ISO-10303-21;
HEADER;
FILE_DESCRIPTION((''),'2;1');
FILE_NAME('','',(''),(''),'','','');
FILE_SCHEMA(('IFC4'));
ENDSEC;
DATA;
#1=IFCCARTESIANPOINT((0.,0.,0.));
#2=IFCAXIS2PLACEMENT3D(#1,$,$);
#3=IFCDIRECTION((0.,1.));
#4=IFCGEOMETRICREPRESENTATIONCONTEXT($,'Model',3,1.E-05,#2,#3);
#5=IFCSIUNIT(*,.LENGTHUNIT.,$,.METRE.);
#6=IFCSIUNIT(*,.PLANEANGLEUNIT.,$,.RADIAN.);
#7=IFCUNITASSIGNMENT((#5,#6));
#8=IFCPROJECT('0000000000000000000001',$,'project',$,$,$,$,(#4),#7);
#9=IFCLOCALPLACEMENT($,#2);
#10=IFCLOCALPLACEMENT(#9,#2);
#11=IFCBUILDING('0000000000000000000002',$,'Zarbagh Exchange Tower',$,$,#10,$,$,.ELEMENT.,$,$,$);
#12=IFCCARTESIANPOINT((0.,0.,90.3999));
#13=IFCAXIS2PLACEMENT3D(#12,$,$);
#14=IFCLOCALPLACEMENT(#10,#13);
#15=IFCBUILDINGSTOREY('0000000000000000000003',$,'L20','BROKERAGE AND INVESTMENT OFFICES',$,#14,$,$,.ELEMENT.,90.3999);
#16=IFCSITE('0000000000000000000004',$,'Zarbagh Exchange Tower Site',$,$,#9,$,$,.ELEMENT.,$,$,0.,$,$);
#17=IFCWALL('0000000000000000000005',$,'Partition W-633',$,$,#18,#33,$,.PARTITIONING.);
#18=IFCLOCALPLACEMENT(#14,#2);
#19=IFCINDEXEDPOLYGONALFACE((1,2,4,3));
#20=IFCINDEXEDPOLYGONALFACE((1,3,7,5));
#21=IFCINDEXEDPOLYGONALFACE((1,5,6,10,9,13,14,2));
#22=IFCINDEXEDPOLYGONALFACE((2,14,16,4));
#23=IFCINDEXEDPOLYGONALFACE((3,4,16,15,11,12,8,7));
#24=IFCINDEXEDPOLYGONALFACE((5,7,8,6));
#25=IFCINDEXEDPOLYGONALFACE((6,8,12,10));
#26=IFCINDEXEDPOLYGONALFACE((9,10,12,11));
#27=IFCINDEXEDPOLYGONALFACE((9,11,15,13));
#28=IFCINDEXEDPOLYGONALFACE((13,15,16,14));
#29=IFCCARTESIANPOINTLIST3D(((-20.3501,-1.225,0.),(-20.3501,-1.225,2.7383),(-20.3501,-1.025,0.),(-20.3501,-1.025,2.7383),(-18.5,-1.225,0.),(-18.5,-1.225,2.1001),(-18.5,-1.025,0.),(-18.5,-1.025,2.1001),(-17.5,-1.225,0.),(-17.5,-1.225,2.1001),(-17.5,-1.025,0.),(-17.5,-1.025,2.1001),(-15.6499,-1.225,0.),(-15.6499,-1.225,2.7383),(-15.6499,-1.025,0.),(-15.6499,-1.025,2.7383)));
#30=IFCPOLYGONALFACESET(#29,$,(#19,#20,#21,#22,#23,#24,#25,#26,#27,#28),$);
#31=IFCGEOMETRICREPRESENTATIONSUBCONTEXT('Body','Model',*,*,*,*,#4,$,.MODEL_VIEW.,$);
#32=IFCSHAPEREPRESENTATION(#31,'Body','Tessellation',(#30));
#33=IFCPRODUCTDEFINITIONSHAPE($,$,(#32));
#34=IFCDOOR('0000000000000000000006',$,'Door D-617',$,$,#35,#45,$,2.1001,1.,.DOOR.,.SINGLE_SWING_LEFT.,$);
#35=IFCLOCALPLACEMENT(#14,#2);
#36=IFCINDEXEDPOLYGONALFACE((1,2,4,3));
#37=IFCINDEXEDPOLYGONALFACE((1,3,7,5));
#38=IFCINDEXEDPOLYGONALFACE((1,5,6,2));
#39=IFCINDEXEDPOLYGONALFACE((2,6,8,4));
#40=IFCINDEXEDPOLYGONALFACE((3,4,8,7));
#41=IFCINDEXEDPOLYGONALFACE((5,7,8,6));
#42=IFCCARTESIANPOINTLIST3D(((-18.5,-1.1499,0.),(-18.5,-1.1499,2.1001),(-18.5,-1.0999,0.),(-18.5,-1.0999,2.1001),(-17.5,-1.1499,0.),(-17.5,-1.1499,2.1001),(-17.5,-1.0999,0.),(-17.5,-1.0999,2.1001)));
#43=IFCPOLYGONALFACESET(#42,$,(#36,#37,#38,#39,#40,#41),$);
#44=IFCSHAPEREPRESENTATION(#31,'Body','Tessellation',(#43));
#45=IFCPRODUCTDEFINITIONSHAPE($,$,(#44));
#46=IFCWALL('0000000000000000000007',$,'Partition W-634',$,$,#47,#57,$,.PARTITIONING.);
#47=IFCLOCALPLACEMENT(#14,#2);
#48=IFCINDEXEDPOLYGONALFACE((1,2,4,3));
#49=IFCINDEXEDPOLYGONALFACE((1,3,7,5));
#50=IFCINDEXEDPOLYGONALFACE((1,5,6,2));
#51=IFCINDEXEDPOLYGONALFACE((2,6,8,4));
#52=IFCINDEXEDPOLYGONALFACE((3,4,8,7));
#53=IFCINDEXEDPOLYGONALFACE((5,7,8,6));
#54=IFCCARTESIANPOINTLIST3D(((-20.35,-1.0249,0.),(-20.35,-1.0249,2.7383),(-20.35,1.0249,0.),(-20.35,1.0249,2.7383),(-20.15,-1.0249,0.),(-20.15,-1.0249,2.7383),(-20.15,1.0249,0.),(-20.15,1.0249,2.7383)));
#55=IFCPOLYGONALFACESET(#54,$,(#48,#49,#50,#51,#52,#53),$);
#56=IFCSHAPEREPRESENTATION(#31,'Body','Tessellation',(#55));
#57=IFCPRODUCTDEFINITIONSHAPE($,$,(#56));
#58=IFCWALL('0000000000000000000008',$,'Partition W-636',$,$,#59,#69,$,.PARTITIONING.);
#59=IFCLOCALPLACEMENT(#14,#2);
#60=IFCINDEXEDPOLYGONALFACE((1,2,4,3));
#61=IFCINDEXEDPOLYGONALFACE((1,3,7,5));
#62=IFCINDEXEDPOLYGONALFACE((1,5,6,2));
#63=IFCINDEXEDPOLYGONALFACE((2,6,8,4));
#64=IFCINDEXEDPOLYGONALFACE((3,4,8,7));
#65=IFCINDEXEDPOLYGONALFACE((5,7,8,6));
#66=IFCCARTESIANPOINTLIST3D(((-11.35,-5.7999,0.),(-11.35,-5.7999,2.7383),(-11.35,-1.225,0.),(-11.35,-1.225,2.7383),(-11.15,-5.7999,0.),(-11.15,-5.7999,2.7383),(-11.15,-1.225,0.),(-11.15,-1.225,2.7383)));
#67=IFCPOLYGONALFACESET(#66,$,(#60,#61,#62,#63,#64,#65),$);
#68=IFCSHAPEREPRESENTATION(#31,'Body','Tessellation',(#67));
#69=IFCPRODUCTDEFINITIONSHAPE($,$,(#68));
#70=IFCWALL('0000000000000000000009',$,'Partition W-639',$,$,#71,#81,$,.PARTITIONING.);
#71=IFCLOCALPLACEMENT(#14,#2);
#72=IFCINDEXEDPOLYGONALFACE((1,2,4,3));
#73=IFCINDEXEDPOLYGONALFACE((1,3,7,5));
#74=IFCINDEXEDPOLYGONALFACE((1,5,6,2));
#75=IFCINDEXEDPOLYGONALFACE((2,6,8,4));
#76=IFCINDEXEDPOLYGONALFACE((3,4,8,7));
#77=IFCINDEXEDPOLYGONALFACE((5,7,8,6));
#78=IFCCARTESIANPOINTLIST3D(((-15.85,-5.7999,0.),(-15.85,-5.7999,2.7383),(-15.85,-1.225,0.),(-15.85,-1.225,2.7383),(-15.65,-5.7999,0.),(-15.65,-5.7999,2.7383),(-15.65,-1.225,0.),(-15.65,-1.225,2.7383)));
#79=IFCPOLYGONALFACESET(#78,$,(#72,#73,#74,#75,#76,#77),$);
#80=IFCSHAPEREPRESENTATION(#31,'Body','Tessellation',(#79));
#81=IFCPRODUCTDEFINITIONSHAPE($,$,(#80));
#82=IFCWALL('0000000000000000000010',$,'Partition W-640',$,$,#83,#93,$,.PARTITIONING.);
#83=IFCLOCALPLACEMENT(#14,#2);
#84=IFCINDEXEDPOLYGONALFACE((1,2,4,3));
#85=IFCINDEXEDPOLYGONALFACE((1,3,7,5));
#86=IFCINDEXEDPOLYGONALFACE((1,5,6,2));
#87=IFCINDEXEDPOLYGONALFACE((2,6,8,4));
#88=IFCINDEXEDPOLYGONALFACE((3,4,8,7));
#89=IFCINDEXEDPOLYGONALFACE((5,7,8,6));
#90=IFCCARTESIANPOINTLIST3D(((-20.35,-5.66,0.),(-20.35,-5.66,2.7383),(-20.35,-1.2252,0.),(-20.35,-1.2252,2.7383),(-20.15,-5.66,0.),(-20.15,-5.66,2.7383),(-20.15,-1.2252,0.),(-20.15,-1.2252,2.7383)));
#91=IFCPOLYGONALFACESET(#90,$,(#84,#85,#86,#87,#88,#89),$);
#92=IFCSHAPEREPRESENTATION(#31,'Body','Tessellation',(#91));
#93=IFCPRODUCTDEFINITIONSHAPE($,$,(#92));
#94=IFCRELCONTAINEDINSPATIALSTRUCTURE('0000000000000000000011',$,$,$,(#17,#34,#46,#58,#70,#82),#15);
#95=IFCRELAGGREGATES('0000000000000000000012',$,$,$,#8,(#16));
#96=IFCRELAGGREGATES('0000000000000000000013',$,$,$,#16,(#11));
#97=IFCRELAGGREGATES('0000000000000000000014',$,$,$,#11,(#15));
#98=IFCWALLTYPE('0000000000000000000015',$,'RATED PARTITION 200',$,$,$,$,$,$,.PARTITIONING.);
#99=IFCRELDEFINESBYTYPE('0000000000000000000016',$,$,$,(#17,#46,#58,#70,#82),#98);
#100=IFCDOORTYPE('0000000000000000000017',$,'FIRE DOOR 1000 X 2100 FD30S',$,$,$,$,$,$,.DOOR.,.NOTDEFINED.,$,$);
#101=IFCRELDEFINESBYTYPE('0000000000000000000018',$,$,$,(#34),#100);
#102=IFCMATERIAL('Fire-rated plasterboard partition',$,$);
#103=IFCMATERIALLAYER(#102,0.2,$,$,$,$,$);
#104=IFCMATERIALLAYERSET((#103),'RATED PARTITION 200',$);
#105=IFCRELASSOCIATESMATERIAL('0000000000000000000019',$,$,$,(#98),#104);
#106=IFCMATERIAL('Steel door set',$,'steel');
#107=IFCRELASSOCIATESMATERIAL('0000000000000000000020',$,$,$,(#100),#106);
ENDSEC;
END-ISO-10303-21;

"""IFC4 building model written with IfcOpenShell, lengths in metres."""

from ifc_helpers import new_model, si_unit, direction, frame, frame_2d, origin, place, context, subcontext, project, spatial, rectangle, extrude, material, layer, layer_set, type_object, element, fill, save


model = new_model("IFC4")

# Units and contexts
model_context = context("Model", 3, precision=1e-05, world=origin(), true_north=direction((0.0, 1.0)))
body_context = subcontext(model_context, "Body", "Model", "MODEL_VIEW")
ifc_project = project(units=[si_unit("LENGTHUNIT", "METRE"), si_unit("PLANEANGLEUNIT", "RADIAN")], contexts=[model_context])

# Site, building, storey
site_placement = place(None, origin())
site = spatial("IfcSite", under=ifc_project, at=site_placement, Name="Zarbagh Exchange Tower Site", CompositionType="ELEMENT", RefElevation=0.0)
building_placement = place(site_placement, origin())
building = spatial("IfcBuilding", under=site, at=building_placement, Name="Zarbagh Exchange Tower", CompositionType="ELEMENT")
storey_placement = place(building_placement, frame((0.0, 0.0, 90.3999)))
storey = spatial("IfcBuildingStorey", under=building, at=storey_placement, Name="L20", Description="BROKERAGE AND INVESTMENT OFFICES", CompositionType="ELEMENT", Elevation=90.3999)

# Shared definitions
ifc_material_1 = material(Name="Fire-rated plasterboard partition")
ifc_layer_1 = layer(ifc_material_1, 0.2)
ifc_layer_set_1 = layer_set([ifc_layer_1], Name="RATED PARTITION 200")
wall_type_1 = type_object("IfcWallType", Name="RATED PARTITION 200", PredefinedType="PARTITIONING", material=ifc_layer_set_1)

# Wall, opening, door
ifc_material_2 = material(Name="Steel door set", Category="steel")
door_type_1 = type_object("IfcDoorType", Name="FIRE DOOR 1000 X 2100 FD30S", OperationType="NOTDEFINED", PredefinedType="DOOR", material=ifc_material_2)
wall_1_placement = place(storey_placement, frame((-15.6499, -1.125, 0.0), z_axis=(0.0, 0.0, 1.0), x_axis=(-1.0, 0.0, 0.0)))
wall_1 = element("IfcWall", 1, at=wall_1_placement, inside=storey, type_object=wall_type_1, Name="Partition W-633", PredefinedType="PARTITIONING", context=body_context, shape_type="SweptSolid", body=[
    extrude(rectangle(XDim=4.7002, YDim=0.2, at=frame_2d((2.3501, 0.0))), origin(), (0.0, 0.0, 1.0), 2.7383),
])
opening_1_placement = place(wall_1_placement, frame((1.8501, 0.0, 0.0)))
opening_1 = element("IfcOpeningElement", 2, at=opening_1_placement, cuts=wall_1, PredefinedType="OPENING", context=body_context, shape_type="SweptSolid", body=[
    extrude(rectangle(XDim=1.0, YDim=2.1001, at=frame_2d((0.5, 1.05))), frame((0.0, 0.1099, 0.0), z_axis=(0.0, -1.0, 0.0), x_axis=(1.0, 0.0, 0.0)), (0.0, 0.0, 1.0), 0.22),
])
door_1_placement = place(opening_1_placement, origin())
door_1 = element("IfcDoor", 3, at=door_1_placement, inside=storey, type_object=door_type_1, Name="Door D-617", OperationType="SINGLE_SWING_LEFT", OverallHeight=2.1001, OverallWidth=1.0, PredefinedType="DOOR", context=body_context, shape_type="SweptSolid", body=[
    extrude(rectangle(XDim=1.0, YDim=2.1001, at=frame_2d((0.5, 1.05))), frame((0.0, 0.0249, 0.0), z_axis=(0.0, -1.0, 0.0), x_axis=(1.0, 0.0, 0.0)), (0.0, 0.0, 1.0), 0.05),
])
fill(opening_1, door_1)

# Walls
wall_2_placement = place(storey_placement, frame((-20.25, -1.0249, 0.0), z_axis=(0.0, 0.0, 1.0), x_axis=(0.0, 1.0, 0.0)))
element("IfcWall", 4, at=wall_2_placement, inside=storey, type_object=wall_type_1, Name="Partition W-634", PredefinedType="PARTITIONING", context=body_context, shape_type="SweptSolid", body=[
    extrude(rectangle(XDim=2.0498, YDim=0.2, at=frame_2d((1.0249, 0.0))), origin(), (0.0, 0.0, 1.0), 2.7383),
])
for number, where, z_axis, x_axis, name in (
    (5, (-11.25, -5.8, 0.0), (0.0, 0.0, 1.0), (0.0, 1.0, 0.0), "Partition W-636"),
    (6, (-15.75, -5.8, 0.0), (0.0, 0.0, 1.0), (0.0, 1.0, 0.0), "Partition W-639"),
):
    element("IfcWall", number, at=place(storey_placement, frame(where, z_axis=z_axis, x_axis=x_axis)), inside=storey, type_object=wall_type_1, Name=name, PredefinedType="PARTITIONING", context=body_context, shape_type="SweptSolid", body=[
        extrude(rectangle(XDim=4.575, YDim=0.2, at=frame_2d((2.2876, 0.0))), origin(), (0.0, 0.0, 1.0), 2.7383),
    ])
wall_3_placement = place(storey_placement, frame((-20.25, -5.6599, 0.0), z_axis=(0.0, 0.0, 1.0), x_axis=(0.0, 1.0, 0.0)))
element("IfcWall", 7, at=wall_3_placement, inside=storey, type_object=wall_type_1, Name="Partition W-640", PredefinedType="PARTITIONING", context=body_context, shape_type="SweptSolid", body=[
    extrude(rectangle(XDim=4.4348, YDim=0.2, at=frame_2d((2.2173, 0.0))), origin(), (0.0, 0.0, 1.0), 2.7383),
])

save(model, "model.ifc")
